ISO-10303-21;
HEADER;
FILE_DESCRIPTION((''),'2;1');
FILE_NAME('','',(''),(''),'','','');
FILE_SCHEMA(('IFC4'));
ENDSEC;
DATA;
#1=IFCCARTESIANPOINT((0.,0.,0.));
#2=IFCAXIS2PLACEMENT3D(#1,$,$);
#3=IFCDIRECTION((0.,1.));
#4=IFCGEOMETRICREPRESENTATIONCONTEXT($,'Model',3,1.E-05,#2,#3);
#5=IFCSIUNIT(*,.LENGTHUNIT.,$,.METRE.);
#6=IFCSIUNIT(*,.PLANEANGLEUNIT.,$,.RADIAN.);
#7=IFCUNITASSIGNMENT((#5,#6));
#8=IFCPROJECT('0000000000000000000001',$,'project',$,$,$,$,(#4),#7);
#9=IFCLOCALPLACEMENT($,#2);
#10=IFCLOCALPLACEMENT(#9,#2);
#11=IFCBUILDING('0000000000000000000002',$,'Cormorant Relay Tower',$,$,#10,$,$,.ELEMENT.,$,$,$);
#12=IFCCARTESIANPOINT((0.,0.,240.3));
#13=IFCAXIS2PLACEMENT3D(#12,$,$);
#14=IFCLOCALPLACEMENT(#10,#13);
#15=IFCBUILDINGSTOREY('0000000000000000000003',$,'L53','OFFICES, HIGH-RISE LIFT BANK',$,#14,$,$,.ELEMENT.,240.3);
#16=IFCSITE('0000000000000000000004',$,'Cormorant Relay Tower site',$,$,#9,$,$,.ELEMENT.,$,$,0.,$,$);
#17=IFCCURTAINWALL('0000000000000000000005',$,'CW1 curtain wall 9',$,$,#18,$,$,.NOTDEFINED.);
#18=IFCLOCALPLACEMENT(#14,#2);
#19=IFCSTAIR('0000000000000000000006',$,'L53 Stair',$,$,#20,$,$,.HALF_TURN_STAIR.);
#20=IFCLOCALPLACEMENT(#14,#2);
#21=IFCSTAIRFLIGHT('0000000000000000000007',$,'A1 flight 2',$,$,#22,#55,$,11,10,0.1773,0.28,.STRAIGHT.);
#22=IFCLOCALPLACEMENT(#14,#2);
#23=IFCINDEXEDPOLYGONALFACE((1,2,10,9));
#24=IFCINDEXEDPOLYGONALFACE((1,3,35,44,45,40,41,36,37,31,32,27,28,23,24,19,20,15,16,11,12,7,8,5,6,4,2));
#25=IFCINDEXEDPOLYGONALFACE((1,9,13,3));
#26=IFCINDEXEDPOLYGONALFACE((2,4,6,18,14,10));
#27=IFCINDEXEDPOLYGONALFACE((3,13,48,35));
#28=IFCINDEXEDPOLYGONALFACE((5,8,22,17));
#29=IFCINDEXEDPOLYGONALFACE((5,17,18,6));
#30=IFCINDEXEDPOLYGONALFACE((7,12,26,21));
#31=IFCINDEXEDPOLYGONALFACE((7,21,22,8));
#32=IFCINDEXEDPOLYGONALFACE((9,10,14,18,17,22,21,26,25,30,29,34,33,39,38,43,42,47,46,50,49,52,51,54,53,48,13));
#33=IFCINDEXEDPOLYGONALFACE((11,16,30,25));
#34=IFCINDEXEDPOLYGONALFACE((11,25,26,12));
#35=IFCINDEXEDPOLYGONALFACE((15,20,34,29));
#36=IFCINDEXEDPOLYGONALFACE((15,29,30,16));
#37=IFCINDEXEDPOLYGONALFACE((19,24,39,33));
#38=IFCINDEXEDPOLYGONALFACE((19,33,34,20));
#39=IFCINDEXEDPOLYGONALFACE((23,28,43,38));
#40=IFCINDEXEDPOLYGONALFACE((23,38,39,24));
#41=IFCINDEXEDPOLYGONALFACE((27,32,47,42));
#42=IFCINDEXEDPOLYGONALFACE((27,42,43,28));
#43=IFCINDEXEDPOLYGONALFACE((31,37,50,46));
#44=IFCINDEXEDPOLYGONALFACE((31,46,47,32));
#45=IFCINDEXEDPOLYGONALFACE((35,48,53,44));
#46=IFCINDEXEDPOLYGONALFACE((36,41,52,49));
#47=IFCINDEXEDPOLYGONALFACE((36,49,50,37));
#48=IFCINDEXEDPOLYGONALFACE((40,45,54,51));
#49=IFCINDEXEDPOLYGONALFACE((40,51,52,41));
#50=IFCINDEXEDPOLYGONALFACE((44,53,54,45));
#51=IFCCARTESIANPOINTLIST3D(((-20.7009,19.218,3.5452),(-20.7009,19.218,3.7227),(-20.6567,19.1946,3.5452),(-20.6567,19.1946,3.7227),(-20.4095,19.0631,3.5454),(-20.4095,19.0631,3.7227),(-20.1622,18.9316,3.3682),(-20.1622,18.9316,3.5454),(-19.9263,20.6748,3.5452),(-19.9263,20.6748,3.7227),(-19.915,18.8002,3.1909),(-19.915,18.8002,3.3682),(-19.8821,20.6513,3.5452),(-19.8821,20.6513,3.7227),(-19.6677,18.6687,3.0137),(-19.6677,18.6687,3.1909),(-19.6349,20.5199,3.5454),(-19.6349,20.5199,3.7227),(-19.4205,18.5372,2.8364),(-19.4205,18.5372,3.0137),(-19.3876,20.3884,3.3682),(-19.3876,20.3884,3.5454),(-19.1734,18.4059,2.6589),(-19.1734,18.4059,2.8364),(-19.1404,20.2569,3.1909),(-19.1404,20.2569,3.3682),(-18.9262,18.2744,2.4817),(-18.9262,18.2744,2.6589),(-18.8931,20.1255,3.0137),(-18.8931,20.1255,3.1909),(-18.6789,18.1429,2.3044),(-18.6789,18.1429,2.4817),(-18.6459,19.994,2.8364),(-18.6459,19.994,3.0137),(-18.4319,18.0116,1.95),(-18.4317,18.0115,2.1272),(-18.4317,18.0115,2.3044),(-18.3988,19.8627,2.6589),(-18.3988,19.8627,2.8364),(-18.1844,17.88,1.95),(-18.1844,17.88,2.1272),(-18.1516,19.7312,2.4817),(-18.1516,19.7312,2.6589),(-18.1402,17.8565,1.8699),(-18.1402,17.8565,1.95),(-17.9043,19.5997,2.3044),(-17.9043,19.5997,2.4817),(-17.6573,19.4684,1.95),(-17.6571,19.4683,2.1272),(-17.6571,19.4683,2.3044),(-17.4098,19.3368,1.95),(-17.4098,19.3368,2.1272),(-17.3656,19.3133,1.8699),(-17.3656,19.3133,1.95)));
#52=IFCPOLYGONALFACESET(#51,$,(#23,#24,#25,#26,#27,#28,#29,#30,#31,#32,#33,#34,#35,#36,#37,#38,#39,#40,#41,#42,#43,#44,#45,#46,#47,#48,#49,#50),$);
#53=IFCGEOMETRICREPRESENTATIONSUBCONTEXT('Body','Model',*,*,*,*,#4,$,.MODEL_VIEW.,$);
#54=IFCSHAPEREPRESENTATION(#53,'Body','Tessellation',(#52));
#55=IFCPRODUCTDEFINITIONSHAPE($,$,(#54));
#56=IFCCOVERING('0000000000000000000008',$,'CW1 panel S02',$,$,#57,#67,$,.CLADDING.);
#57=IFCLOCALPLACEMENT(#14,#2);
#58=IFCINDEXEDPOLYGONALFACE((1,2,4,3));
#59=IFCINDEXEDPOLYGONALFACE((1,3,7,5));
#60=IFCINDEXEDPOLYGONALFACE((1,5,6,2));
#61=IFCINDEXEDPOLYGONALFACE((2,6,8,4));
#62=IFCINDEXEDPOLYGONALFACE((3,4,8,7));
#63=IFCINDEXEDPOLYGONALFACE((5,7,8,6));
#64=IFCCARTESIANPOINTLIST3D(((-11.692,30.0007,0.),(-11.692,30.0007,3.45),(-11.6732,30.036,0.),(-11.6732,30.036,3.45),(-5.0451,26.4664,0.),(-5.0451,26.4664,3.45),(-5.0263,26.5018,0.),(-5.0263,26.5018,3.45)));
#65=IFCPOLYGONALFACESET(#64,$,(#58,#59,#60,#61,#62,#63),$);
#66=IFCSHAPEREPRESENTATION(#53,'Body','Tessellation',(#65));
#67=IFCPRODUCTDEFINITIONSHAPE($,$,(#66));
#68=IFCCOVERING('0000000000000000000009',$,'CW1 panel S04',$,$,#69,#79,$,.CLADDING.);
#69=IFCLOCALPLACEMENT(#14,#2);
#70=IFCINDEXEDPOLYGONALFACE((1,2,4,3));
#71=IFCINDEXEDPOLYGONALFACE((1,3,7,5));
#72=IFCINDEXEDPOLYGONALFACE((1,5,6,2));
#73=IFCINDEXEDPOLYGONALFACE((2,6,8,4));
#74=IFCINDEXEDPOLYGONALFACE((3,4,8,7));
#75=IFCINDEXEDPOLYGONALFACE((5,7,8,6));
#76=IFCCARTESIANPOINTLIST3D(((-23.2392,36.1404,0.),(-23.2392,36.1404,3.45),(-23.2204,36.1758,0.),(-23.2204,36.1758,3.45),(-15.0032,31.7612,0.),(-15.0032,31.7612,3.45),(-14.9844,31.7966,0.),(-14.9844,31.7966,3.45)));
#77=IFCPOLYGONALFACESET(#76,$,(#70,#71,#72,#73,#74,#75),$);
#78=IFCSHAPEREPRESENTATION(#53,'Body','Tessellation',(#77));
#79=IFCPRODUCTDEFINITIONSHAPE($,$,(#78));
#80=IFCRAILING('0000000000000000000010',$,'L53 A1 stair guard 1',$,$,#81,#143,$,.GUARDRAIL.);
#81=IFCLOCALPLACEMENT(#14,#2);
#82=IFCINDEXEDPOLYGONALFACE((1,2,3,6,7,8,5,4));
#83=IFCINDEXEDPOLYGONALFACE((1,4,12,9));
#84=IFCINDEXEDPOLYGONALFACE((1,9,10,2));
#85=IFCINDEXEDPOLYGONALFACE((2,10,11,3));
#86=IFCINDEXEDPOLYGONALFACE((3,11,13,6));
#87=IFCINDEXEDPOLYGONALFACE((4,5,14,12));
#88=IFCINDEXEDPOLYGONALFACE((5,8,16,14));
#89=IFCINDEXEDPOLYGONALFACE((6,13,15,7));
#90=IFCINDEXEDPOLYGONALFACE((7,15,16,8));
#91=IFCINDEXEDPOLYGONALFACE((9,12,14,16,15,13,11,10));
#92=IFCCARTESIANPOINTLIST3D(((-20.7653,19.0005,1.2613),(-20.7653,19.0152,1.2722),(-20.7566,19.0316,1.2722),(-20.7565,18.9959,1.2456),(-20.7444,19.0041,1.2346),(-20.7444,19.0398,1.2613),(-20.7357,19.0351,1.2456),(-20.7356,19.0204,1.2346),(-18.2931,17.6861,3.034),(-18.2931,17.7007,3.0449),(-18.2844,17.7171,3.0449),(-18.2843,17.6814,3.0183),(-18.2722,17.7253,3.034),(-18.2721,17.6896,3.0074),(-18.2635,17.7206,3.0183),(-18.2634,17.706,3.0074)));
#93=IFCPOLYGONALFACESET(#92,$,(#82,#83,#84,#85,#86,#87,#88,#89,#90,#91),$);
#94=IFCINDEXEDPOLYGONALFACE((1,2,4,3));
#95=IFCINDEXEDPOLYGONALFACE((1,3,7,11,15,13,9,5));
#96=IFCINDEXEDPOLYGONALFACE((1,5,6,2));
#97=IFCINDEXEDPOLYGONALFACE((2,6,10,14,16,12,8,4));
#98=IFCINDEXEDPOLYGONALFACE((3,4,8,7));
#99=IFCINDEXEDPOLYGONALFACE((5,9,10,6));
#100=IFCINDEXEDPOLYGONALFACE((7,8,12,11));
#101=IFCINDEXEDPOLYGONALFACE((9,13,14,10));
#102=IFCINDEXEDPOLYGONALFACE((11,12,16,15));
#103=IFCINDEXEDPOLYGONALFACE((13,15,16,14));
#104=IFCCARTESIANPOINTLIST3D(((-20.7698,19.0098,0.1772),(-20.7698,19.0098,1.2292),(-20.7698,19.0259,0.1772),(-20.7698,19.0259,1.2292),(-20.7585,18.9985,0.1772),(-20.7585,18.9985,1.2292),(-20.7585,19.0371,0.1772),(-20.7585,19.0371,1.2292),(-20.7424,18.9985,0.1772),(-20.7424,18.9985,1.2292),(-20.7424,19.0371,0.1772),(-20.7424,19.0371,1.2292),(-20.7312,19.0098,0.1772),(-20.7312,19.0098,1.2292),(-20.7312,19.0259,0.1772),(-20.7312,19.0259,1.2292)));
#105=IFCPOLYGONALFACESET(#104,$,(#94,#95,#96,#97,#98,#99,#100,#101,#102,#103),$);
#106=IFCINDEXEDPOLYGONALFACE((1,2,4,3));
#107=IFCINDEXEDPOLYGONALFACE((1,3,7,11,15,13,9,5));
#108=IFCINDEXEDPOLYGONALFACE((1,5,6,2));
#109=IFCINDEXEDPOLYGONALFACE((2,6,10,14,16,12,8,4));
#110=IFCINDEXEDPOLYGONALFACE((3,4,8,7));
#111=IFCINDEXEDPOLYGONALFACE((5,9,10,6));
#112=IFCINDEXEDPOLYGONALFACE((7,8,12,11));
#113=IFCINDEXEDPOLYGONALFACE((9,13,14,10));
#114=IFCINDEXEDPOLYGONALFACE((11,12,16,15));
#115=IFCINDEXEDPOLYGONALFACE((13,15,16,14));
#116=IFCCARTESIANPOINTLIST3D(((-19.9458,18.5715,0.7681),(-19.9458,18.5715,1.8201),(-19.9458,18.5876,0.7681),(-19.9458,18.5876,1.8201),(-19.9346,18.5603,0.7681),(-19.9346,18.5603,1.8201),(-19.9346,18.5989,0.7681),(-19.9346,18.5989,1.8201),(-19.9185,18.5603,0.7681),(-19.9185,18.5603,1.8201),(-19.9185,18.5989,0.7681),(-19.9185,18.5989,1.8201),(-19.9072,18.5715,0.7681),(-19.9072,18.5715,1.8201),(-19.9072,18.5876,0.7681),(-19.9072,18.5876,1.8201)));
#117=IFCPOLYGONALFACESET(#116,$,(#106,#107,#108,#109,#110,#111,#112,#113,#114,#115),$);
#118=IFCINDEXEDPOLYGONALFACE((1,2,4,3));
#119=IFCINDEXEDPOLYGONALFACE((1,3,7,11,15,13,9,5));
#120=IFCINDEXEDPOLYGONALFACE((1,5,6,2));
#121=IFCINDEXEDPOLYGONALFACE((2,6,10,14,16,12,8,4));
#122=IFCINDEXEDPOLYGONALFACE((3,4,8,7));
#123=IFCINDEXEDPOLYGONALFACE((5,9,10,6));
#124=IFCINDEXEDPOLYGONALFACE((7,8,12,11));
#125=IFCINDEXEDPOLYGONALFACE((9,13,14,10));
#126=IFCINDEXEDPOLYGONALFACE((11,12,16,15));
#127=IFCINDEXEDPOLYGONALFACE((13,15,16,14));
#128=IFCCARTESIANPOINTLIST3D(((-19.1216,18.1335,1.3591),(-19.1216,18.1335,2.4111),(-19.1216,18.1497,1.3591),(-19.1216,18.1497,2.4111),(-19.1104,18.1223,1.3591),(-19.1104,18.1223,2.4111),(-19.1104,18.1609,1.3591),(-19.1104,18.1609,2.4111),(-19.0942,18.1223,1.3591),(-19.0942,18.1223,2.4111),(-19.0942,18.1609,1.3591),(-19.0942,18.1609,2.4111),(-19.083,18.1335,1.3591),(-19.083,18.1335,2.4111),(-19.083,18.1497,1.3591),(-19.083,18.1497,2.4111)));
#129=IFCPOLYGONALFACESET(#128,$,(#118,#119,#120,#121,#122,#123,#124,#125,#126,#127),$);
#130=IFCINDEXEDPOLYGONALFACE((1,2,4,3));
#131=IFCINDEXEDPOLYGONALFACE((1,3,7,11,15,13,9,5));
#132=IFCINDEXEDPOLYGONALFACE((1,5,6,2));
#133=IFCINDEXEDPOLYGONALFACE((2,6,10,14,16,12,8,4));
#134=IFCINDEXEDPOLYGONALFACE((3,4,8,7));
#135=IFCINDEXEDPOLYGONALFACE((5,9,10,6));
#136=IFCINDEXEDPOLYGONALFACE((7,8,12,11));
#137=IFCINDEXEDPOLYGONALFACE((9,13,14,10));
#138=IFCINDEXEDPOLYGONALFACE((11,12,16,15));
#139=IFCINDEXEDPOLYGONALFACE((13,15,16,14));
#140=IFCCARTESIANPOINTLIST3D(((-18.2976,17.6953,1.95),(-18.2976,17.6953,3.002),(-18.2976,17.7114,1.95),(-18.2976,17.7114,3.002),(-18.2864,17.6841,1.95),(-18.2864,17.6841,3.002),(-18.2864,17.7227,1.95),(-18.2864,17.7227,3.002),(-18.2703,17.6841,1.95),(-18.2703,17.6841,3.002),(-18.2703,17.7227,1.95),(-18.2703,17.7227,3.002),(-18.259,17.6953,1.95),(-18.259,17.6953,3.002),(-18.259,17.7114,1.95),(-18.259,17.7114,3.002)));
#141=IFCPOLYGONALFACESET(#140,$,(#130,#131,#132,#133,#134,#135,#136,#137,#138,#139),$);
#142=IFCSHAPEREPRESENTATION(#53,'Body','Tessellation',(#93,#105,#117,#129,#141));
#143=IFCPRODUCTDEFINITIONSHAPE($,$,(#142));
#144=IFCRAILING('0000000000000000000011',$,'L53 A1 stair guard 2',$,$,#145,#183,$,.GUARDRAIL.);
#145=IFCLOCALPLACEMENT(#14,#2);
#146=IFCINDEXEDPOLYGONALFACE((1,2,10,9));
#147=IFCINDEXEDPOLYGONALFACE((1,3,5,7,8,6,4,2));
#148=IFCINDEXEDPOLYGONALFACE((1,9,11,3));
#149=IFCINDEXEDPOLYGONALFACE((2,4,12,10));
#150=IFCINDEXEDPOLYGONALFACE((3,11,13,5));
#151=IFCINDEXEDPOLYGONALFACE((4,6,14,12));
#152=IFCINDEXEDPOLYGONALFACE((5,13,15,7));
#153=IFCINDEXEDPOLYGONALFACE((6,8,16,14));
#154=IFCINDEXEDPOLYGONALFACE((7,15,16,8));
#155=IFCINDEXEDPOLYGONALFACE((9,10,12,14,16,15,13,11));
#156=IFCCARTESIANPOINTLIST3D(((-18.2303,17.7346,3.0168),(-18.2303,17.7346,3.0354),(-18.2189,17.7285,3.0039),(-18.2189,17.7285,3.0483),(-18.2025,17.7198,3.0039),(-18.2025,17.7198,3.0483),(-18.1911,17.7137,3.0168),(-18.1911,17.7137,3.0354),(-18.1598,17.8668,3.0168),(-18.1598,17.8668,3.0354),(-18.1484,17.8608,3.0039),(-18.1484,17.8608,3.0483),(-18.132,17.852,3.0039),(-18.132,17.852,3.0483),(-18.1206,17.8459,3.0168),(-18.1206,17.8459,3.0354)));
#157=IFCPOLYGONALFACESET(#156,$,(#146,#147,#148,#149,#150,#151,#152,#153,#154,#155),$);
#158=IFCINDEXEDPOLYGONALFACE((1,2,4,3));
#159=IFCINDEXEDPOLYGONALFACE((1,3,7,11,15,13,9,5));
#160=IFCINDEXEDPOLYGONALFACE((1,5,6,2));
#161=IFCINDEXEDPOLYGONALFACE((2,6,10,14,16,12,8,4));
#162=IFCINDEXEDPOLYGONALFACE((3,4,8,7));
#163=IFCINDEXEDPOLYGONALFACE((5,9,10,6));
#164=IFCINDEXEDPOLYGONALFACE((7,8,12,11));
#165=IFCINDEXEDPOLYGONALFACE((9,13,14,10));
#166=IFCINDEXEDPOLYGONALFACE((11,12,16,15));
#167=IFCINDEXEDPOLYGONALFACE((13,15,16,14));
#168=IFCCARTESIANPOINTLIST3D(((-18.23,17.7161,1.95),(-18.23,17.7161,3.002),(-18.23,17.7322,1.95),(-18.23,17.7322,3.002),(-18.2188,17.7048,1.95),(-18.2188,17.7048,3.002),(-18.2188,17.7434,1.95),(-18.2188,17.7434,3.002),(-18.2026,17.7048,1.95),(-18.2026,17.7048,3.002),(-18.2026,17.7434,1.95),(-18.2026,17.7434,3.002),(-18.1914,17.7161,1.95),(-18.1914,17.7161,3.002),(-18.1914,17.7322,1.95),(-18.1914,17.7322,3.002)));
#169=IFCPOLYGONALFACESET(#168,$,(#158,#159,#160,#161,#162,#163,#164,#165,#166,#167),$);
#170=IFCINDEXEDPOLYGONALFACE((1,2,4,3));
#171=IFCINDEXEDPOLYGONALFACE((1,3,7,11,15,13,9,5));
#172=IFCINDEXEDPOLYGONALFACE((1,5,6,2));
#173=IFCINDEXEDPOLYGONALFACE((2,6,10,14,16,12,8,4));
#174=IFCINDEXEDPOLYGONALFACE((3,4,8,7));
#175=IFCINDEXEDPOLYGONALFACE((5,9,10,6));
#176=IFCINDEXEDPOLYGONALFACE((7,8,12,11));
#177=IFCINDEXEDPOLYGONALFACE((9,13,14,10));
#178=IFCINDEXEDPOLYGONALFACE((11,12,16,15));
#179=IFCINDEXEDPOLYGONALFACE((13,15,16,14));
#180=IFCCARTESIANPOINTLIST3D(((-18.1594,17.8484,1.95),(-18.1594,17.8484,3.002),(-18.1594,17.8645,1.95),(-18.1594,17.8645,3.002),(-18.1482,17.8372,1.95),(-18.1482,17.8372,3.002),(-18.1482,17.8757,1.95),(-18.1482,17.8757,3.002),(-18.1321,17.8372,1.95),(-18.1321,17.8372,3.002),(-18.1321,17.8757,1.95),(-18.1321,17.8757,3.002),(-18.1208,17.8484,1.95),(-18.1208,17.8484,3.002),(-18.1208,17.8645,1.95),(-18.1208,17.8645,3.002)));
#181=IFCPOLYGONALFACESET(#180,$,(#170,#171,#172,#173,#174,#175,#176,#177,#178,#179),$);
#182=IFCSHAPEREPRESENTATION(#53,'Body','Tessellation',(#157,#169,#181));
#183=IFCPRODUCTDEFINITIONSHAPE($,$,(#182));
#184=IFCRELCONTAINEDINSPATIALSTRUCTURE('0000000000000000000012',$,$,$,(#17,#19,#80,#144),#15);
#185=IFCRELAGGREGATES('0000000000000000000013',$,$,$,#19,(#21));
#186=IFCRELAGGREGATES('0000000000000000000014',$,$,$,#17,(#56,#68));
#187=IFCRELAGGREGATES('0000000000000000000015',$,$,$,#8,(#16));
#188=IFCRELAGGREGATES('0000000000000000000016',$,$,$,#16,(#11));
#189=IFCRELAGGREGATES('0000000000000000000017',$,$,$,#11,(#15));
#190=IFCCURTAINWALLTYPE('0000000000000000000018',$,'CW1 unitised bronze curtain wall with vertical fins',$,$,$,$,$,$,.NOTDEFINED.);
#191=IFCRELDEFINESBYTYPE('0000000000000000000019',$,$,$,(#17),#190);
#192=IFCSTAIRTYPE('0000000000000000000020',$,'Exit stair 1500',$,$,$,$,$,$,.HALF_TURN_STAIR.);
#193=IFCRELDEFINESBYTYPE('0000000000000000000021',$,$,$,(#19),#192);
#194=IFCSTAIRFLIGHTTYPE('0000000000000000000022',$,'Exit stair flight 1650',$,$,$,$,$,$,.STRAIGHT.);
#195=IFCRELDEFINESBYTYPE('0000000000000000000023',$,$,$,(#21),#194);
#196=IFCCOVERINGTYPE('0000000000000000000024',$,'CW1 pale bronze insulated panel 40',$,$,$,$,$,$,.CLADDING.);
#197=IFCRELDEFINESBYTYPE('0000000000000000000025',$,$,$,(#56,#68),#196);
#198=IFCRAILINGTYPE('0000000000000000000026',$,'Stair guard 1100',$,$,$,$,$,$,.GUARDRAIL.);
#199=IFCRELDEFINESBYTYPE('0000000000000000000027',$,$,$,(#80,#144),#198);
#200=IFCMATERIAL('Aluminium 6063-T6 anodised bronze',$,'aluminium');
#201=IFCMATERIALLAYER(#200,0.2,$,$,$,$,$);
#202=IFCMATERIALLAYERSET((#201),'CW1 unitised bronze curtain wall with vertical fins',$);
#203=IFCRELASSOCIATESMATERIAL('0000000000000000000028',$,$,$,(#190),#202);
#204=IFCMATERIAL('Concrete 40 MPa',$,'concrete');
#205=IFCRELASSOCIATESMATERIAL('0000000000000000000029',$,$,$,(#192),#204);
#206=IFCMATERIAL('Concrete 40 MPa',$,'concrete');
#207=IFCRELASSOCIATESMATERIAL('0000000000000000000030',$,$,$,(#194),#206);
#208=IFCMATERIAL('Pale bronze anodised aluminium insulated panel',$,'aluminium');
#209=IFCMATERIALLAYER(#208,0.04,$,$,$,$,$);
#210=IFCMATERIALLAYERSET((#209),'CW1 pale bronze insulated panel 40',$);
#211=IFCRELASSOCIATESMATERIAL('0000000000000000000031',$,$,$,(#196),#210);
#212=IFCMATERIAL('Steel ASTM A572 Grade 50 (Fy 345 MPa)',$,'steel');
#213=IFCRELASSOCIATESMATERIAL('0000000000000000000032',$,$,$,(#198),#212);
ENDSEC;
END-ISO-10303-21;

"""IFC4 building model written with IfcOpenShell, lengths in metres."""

from ifc_helpers import new_model, si_unit, direction, frame, origin, origin_2d, place, context, subcontext, project, spatial, polyline, rectangle, outline, extrude, material, layer, layer_set, type_object, element, aggregate, save


model = new_model("IFC4")

# Units and contexts
model_context = context("Model", 3, precision=1e-05, world=origin(), true_north=direction((0.0, 1.0)))
body_context = subcontext(model_context, "Body", "Model", "MODEL_VIEW")
ifc_project = project(units=[si_unit("LENGTHUNIT", "METRE"), si_unit("PLANEANGLEUNIT", "RADIAN")], contexts=[model_context])

# Site, building, storey
site_placement = place(None, origin())
site = spatial("IfcSite", under=ifc_project, at=site_placement, Name="Cormorant Relay Tower site", CompositionType="ELEMENT", RefElevation=0.0)
building_placement = place(site_placement, origin())
building = spatial("IfcBuilding", under=site, at=building_placement, Name="Cormorant Relay Tower", CompositionType="ELEMENT")
storey_placement = place(building_placement, frame((0.0, 0.0, 240.3)))
storey = spatial("IfcBuildingStorey", under=building, at=storey_placement, Name="L53", Description="OFFICES, HIGH-RISE LIFT BANK", CompositionType="ELEMENT", Elevation=240.3)

# Curtain wall
ifc_material_1 = material(Name="Aluminium 6063-T6 anodised bronze", Category="aluminium")
ifc_layer_1 = layer(ifc_material_1, 0.2)
ifc_layer_set_1 = layer_set([ifc_layer_1], Name="CW1 unitised bronze curtain wall with vertical fins")
curtain_wall_type = type_object("IfcCurtainWallType", Name="CW1 unitised bronze curtain wall with vertical fins", PredefinedType="NOTDEFINED", material=ifc_layer_set_1)
curtain_wall_placement = place(storey_placement, origin())
curtain_wall = element("IfcCurtainWall", 1, at=curtain_wall_placement, inside=storey, type_object=curtain_wall_type, Name="CW1 curtain wall 9", PredefinedType="NOTDEFINED")

# Stair, stair flight
ifc_material_2 = material(Name="Concrete 40 MPa", Category="concrete")
stair_type = type_object("IfcStairType", Name="Exit stair 1500", PredefinedType="HALF_TURN_STAIR", material=ifc_material_2)
stair_placement = place(storey_placement, origin())
stair = element("IfcStair", 2, at=stair_placement, inside=storey, type_object=stair_type, Name="L53 Stair", PredefinedType="HALF_TURN_STAIR")
ifc_material_3 = material(Name="Concrete 40 MPa", Category="concrete")
stair_flight_type = type_object("IfcStairFlightType", Name="Exit stair flight 1650", PredefinedType="STRAIGHT", material=ifc_material_3)
stair_flight_1_placement = place(storey_placement, frame((-17.7971, 18.6084, 1.95), z_axis=(0.0, 0.0, 1.0), x_axis=(-0.882948, 0.469472, 0.0)))
stair_flight_1 = element("IfcStairFlight", 3, at=stair_flight_1_placement, type_object=stair_flight_type, Name="A1 flight 2", NumberOfRisers=11, NumberOfTreads=10, PredefinedType="STRAIGHT", RiserHeight=0.1773, TreadLength=0.28, context=body_context, shape_type="SweptSolid", body=[
    extrude(outline(polyline([(-0.05, -0.0801), (-0.05, 0.0), (0.0, 0.0), (0.0, 0.1772), (0.28, 0.1772), (0.28, 0.3545), (0.5601, 0.3545), (0.5601, 0.5317), (0.8401, 0.5317), (0.8401, 0.709), (1.1201, 0.709), (1.1201, 0.8865), (1.3999, 0.8865), (1.3999, 1.0637), (1.6799, 1.0637), (1.6799, 1.241), (1.96, 1.241), (1.96, 1.4182), (2.24, 1.4182), (2.24, 1.5955), (2.52, 1.5955), (2.52, 1.7727), (2.8, 1.7727), (2.8501, 1.7727), (2.8501, 1.5952), (2.8, 1.5952), (0.2803, 0.0), (-0.05, -0.0801)])), frame((0.0, 0.825, 0.0), z_axis=(0.0, -1.0, 0.0), x_axis=(1.0, 0.0, 0.0)), (0.0, 0.0, 1.0), 1.6499),
])
aggregate(stair, [stair_flight_1])

# Coverings
ifc_material_4 = material(Name="Pale bronze anodised aluminium insulated panel", Category="aluminium")
ifc_layer_2 = layer(ifc_material_4, 0.04)
ifc_layer_set_2 = layer_set([ifc_layer_2], Name="CW1 pale bronze insulated panel 40")
covering_type = type_object("IfcCoveringType", Name="CW1 pale bronze insulated panel 40", PredefinedType="CLADDING", material=ifc_layer_set_2)
covering_1_placement = place(storey_placement, frame((-8.3591, 28.2512, 0.0), z_axis=(0.0, 0.0, 1.0), x_axis=(-0.882948, 0.469472, 0.0)))
covering_1 = element("IfcCovering", 4, at=covering_1_placement, type_object=covering_type, Name="CW1 panel S02", PredefinedType="CLADDING", context=body_context, shape_type="SweptSolid", body=[
    extrude(rectangle(XDim=7.5281, YDim=0.04, at=origin_2d()), origin(), (0.0, 0.0, 1.0), 3.45),
])
covering_2_placement = place(storey_placement, frame((-19.1118, 33.9685, 0.0), z_axis=(0.0, 0.0, 1.0), x_axis=(-0.882948, 0.469472, 0.0)))
covering_2 = element("IfcCovering", 5, at=covering_2_placement, type_object=covering_type, Name="CW1 panel S04", PredefinedType="CLADDING", context=body_context, shape_type="SweptSolid", body=[
    extrude(rectangle(XDim=9.3279, YDim=0.04, at=origin_2d()), origin(), (0.0, 0.0, 1.0), 3.45),
])
aggregate(curtain_wall, [covering_1, covering_2])

# Railings
ifc_material_5 = material(Name="Steel ASTM A572 Grade 50 (Fy 345 MPa)", Category="steel")
railing_type_1 = type_object("IfcRailingType", Name="Stair guard 1100", PredefinedType="GUARDRAIL", material=ifc_material_5)
railing_1_placement = place(storey_placement, frame((-20.7505, 19.0178, 0.1772)))
element("IfcRailing", 6, at=railing_1_placement, inside=storey, type_object=railing_type_1, Name="L53 A1 stair guard 1", PredefinedType="GUARDRAIL", context=body_context, shape_type="SweptSolid", body=[
    extrude(outline(polyline([(0.0222, 0.0093), (0.0093, 0.0222), (-0.0093, 0.0222), (-0.0222, 0.0093), (-0.0222, -0.0093), (-0.0093, -0.0222), (0.0093, -0.0222), (0.0222, -0.0093), (0.0222, 0.0093)])), frame((0.0, 0.0, 1.0762), z_axis=(0.746001, -0.396649, 0.534931), x_axis=(0.469465, 0.882951, 0.0)), (0.0, 0.0, 1.0), 3.314),
    extrude(outline(polyline([(0.0193, 0.0081), (0.0081, 0.0193), (-0.0081, 0.0193), (-0.0193, 0.0081), (-0.0193, -0.0081), (-0.0081, -0.0193), (0.0081, -0.0193), (0.0193, -0.0081), (0.0193, 0.0081)])), origin(), (0.0, 0.0, 1.0), 1.052),
    extrude(outline(polyline([(0.0193, 0.0081), (0.0081, 0.0193), (-0.0081, 0.0193), (-0.0193, 0.0081), (-0.0193, -0.0081), (-0.0081, -0.0193), (0.0081, -0.0193), (0.0193, -0.0081), (0.0193, 0.0081)])), frame((0.824, -0.4382, 0.5908)), (0.0, 0.0, 1.0), 1.052),
    extrude(outline(polyline([(0.0193, 0.0081), (0.0081, 0.0193), (-0.0081, 0.0193), (-0.0193, 0.0081), (-0.0193, -0.0081), (-0.0081, -0.0193), (0.0081, -0.0193), (0.0193, -0.0081), (0.0193, 0.0081)])), frame((1.6482, -0.8762, 1.1819)), (0.0, 0.0, 1.0), 1.052),
    extrude(outline(polyline([(0.0193, 0.0081), (0.0081, 0.0193), (-0.0081, 0.0193), (-0.0193, 0.0081), (-0.0193, -0.0081), (-0.0081, -0.0193), (0.0081, -0.0193), (0.0193, -0.0081), (0.0193, 0.0081)])), frame((2.4722, -1.3145, 1.7727)), (0.0, 0.0, 1.0), 1.052),
])
railing_2_placement = place(storey_placement, frame((-18.2107, 17.7241, 1.95)))
element("IfcRailing", 7, at=railing_2_placement, inside=storey, type_object=railing_type_1, Name="L53 A1 stair guard 2", PredefinedType="GUARDRAIL", context=body_context, shape_type="SweptSolid", body=[
    extrude(outline(polyline([(0.0222, 0.0093), (0.0093, 0.0222), (-0.0093, 0.0222), (-0.0222, 0.0093), (-0.0222, -0.0093), (-0.0093, -0.0222), (0.0093, -0.0222), (0.0222, -0.0093), (0.0222, 0.0093)])), frame((0.0, 0.0, 1.0762), z_axis=(0.470504, 0.882398, 0.0), x_axis=(-0.882398, 0.470504, 0.0)), (0.0, 0.0, 1.0), 0.1499),
    extrude(outline(polyline([(0.0193, 0.0081), (0.0081, 0.0193), (-0.0081, 0.0193), (-0.0193, 0.0081), (-0.0193, -0.0081), (-0.0081, -0.0193), (0.0081, -0.0193), (0.0193, -0.0081), (0.0193, 0.0081)])), origin(), (0.0, 0.0, 1.0), 1.052),
    extrude(outline(polyline([(0.0193, 0.0081), (0.0081, 0.0193), (-0.0081, 0.0193), (-0.0193, 0.0081), (-0.0193, -0.0081), (-0.0081, -0.0193), (0.0081, -0.0193), (0.0193, -0.0081), (0.0193, 0.0081)])), frame((0.0706, 0.1323, 0.0)), (0.0, 0.0, 1.0), 1.052),
])

save(model, "model.ifc")
